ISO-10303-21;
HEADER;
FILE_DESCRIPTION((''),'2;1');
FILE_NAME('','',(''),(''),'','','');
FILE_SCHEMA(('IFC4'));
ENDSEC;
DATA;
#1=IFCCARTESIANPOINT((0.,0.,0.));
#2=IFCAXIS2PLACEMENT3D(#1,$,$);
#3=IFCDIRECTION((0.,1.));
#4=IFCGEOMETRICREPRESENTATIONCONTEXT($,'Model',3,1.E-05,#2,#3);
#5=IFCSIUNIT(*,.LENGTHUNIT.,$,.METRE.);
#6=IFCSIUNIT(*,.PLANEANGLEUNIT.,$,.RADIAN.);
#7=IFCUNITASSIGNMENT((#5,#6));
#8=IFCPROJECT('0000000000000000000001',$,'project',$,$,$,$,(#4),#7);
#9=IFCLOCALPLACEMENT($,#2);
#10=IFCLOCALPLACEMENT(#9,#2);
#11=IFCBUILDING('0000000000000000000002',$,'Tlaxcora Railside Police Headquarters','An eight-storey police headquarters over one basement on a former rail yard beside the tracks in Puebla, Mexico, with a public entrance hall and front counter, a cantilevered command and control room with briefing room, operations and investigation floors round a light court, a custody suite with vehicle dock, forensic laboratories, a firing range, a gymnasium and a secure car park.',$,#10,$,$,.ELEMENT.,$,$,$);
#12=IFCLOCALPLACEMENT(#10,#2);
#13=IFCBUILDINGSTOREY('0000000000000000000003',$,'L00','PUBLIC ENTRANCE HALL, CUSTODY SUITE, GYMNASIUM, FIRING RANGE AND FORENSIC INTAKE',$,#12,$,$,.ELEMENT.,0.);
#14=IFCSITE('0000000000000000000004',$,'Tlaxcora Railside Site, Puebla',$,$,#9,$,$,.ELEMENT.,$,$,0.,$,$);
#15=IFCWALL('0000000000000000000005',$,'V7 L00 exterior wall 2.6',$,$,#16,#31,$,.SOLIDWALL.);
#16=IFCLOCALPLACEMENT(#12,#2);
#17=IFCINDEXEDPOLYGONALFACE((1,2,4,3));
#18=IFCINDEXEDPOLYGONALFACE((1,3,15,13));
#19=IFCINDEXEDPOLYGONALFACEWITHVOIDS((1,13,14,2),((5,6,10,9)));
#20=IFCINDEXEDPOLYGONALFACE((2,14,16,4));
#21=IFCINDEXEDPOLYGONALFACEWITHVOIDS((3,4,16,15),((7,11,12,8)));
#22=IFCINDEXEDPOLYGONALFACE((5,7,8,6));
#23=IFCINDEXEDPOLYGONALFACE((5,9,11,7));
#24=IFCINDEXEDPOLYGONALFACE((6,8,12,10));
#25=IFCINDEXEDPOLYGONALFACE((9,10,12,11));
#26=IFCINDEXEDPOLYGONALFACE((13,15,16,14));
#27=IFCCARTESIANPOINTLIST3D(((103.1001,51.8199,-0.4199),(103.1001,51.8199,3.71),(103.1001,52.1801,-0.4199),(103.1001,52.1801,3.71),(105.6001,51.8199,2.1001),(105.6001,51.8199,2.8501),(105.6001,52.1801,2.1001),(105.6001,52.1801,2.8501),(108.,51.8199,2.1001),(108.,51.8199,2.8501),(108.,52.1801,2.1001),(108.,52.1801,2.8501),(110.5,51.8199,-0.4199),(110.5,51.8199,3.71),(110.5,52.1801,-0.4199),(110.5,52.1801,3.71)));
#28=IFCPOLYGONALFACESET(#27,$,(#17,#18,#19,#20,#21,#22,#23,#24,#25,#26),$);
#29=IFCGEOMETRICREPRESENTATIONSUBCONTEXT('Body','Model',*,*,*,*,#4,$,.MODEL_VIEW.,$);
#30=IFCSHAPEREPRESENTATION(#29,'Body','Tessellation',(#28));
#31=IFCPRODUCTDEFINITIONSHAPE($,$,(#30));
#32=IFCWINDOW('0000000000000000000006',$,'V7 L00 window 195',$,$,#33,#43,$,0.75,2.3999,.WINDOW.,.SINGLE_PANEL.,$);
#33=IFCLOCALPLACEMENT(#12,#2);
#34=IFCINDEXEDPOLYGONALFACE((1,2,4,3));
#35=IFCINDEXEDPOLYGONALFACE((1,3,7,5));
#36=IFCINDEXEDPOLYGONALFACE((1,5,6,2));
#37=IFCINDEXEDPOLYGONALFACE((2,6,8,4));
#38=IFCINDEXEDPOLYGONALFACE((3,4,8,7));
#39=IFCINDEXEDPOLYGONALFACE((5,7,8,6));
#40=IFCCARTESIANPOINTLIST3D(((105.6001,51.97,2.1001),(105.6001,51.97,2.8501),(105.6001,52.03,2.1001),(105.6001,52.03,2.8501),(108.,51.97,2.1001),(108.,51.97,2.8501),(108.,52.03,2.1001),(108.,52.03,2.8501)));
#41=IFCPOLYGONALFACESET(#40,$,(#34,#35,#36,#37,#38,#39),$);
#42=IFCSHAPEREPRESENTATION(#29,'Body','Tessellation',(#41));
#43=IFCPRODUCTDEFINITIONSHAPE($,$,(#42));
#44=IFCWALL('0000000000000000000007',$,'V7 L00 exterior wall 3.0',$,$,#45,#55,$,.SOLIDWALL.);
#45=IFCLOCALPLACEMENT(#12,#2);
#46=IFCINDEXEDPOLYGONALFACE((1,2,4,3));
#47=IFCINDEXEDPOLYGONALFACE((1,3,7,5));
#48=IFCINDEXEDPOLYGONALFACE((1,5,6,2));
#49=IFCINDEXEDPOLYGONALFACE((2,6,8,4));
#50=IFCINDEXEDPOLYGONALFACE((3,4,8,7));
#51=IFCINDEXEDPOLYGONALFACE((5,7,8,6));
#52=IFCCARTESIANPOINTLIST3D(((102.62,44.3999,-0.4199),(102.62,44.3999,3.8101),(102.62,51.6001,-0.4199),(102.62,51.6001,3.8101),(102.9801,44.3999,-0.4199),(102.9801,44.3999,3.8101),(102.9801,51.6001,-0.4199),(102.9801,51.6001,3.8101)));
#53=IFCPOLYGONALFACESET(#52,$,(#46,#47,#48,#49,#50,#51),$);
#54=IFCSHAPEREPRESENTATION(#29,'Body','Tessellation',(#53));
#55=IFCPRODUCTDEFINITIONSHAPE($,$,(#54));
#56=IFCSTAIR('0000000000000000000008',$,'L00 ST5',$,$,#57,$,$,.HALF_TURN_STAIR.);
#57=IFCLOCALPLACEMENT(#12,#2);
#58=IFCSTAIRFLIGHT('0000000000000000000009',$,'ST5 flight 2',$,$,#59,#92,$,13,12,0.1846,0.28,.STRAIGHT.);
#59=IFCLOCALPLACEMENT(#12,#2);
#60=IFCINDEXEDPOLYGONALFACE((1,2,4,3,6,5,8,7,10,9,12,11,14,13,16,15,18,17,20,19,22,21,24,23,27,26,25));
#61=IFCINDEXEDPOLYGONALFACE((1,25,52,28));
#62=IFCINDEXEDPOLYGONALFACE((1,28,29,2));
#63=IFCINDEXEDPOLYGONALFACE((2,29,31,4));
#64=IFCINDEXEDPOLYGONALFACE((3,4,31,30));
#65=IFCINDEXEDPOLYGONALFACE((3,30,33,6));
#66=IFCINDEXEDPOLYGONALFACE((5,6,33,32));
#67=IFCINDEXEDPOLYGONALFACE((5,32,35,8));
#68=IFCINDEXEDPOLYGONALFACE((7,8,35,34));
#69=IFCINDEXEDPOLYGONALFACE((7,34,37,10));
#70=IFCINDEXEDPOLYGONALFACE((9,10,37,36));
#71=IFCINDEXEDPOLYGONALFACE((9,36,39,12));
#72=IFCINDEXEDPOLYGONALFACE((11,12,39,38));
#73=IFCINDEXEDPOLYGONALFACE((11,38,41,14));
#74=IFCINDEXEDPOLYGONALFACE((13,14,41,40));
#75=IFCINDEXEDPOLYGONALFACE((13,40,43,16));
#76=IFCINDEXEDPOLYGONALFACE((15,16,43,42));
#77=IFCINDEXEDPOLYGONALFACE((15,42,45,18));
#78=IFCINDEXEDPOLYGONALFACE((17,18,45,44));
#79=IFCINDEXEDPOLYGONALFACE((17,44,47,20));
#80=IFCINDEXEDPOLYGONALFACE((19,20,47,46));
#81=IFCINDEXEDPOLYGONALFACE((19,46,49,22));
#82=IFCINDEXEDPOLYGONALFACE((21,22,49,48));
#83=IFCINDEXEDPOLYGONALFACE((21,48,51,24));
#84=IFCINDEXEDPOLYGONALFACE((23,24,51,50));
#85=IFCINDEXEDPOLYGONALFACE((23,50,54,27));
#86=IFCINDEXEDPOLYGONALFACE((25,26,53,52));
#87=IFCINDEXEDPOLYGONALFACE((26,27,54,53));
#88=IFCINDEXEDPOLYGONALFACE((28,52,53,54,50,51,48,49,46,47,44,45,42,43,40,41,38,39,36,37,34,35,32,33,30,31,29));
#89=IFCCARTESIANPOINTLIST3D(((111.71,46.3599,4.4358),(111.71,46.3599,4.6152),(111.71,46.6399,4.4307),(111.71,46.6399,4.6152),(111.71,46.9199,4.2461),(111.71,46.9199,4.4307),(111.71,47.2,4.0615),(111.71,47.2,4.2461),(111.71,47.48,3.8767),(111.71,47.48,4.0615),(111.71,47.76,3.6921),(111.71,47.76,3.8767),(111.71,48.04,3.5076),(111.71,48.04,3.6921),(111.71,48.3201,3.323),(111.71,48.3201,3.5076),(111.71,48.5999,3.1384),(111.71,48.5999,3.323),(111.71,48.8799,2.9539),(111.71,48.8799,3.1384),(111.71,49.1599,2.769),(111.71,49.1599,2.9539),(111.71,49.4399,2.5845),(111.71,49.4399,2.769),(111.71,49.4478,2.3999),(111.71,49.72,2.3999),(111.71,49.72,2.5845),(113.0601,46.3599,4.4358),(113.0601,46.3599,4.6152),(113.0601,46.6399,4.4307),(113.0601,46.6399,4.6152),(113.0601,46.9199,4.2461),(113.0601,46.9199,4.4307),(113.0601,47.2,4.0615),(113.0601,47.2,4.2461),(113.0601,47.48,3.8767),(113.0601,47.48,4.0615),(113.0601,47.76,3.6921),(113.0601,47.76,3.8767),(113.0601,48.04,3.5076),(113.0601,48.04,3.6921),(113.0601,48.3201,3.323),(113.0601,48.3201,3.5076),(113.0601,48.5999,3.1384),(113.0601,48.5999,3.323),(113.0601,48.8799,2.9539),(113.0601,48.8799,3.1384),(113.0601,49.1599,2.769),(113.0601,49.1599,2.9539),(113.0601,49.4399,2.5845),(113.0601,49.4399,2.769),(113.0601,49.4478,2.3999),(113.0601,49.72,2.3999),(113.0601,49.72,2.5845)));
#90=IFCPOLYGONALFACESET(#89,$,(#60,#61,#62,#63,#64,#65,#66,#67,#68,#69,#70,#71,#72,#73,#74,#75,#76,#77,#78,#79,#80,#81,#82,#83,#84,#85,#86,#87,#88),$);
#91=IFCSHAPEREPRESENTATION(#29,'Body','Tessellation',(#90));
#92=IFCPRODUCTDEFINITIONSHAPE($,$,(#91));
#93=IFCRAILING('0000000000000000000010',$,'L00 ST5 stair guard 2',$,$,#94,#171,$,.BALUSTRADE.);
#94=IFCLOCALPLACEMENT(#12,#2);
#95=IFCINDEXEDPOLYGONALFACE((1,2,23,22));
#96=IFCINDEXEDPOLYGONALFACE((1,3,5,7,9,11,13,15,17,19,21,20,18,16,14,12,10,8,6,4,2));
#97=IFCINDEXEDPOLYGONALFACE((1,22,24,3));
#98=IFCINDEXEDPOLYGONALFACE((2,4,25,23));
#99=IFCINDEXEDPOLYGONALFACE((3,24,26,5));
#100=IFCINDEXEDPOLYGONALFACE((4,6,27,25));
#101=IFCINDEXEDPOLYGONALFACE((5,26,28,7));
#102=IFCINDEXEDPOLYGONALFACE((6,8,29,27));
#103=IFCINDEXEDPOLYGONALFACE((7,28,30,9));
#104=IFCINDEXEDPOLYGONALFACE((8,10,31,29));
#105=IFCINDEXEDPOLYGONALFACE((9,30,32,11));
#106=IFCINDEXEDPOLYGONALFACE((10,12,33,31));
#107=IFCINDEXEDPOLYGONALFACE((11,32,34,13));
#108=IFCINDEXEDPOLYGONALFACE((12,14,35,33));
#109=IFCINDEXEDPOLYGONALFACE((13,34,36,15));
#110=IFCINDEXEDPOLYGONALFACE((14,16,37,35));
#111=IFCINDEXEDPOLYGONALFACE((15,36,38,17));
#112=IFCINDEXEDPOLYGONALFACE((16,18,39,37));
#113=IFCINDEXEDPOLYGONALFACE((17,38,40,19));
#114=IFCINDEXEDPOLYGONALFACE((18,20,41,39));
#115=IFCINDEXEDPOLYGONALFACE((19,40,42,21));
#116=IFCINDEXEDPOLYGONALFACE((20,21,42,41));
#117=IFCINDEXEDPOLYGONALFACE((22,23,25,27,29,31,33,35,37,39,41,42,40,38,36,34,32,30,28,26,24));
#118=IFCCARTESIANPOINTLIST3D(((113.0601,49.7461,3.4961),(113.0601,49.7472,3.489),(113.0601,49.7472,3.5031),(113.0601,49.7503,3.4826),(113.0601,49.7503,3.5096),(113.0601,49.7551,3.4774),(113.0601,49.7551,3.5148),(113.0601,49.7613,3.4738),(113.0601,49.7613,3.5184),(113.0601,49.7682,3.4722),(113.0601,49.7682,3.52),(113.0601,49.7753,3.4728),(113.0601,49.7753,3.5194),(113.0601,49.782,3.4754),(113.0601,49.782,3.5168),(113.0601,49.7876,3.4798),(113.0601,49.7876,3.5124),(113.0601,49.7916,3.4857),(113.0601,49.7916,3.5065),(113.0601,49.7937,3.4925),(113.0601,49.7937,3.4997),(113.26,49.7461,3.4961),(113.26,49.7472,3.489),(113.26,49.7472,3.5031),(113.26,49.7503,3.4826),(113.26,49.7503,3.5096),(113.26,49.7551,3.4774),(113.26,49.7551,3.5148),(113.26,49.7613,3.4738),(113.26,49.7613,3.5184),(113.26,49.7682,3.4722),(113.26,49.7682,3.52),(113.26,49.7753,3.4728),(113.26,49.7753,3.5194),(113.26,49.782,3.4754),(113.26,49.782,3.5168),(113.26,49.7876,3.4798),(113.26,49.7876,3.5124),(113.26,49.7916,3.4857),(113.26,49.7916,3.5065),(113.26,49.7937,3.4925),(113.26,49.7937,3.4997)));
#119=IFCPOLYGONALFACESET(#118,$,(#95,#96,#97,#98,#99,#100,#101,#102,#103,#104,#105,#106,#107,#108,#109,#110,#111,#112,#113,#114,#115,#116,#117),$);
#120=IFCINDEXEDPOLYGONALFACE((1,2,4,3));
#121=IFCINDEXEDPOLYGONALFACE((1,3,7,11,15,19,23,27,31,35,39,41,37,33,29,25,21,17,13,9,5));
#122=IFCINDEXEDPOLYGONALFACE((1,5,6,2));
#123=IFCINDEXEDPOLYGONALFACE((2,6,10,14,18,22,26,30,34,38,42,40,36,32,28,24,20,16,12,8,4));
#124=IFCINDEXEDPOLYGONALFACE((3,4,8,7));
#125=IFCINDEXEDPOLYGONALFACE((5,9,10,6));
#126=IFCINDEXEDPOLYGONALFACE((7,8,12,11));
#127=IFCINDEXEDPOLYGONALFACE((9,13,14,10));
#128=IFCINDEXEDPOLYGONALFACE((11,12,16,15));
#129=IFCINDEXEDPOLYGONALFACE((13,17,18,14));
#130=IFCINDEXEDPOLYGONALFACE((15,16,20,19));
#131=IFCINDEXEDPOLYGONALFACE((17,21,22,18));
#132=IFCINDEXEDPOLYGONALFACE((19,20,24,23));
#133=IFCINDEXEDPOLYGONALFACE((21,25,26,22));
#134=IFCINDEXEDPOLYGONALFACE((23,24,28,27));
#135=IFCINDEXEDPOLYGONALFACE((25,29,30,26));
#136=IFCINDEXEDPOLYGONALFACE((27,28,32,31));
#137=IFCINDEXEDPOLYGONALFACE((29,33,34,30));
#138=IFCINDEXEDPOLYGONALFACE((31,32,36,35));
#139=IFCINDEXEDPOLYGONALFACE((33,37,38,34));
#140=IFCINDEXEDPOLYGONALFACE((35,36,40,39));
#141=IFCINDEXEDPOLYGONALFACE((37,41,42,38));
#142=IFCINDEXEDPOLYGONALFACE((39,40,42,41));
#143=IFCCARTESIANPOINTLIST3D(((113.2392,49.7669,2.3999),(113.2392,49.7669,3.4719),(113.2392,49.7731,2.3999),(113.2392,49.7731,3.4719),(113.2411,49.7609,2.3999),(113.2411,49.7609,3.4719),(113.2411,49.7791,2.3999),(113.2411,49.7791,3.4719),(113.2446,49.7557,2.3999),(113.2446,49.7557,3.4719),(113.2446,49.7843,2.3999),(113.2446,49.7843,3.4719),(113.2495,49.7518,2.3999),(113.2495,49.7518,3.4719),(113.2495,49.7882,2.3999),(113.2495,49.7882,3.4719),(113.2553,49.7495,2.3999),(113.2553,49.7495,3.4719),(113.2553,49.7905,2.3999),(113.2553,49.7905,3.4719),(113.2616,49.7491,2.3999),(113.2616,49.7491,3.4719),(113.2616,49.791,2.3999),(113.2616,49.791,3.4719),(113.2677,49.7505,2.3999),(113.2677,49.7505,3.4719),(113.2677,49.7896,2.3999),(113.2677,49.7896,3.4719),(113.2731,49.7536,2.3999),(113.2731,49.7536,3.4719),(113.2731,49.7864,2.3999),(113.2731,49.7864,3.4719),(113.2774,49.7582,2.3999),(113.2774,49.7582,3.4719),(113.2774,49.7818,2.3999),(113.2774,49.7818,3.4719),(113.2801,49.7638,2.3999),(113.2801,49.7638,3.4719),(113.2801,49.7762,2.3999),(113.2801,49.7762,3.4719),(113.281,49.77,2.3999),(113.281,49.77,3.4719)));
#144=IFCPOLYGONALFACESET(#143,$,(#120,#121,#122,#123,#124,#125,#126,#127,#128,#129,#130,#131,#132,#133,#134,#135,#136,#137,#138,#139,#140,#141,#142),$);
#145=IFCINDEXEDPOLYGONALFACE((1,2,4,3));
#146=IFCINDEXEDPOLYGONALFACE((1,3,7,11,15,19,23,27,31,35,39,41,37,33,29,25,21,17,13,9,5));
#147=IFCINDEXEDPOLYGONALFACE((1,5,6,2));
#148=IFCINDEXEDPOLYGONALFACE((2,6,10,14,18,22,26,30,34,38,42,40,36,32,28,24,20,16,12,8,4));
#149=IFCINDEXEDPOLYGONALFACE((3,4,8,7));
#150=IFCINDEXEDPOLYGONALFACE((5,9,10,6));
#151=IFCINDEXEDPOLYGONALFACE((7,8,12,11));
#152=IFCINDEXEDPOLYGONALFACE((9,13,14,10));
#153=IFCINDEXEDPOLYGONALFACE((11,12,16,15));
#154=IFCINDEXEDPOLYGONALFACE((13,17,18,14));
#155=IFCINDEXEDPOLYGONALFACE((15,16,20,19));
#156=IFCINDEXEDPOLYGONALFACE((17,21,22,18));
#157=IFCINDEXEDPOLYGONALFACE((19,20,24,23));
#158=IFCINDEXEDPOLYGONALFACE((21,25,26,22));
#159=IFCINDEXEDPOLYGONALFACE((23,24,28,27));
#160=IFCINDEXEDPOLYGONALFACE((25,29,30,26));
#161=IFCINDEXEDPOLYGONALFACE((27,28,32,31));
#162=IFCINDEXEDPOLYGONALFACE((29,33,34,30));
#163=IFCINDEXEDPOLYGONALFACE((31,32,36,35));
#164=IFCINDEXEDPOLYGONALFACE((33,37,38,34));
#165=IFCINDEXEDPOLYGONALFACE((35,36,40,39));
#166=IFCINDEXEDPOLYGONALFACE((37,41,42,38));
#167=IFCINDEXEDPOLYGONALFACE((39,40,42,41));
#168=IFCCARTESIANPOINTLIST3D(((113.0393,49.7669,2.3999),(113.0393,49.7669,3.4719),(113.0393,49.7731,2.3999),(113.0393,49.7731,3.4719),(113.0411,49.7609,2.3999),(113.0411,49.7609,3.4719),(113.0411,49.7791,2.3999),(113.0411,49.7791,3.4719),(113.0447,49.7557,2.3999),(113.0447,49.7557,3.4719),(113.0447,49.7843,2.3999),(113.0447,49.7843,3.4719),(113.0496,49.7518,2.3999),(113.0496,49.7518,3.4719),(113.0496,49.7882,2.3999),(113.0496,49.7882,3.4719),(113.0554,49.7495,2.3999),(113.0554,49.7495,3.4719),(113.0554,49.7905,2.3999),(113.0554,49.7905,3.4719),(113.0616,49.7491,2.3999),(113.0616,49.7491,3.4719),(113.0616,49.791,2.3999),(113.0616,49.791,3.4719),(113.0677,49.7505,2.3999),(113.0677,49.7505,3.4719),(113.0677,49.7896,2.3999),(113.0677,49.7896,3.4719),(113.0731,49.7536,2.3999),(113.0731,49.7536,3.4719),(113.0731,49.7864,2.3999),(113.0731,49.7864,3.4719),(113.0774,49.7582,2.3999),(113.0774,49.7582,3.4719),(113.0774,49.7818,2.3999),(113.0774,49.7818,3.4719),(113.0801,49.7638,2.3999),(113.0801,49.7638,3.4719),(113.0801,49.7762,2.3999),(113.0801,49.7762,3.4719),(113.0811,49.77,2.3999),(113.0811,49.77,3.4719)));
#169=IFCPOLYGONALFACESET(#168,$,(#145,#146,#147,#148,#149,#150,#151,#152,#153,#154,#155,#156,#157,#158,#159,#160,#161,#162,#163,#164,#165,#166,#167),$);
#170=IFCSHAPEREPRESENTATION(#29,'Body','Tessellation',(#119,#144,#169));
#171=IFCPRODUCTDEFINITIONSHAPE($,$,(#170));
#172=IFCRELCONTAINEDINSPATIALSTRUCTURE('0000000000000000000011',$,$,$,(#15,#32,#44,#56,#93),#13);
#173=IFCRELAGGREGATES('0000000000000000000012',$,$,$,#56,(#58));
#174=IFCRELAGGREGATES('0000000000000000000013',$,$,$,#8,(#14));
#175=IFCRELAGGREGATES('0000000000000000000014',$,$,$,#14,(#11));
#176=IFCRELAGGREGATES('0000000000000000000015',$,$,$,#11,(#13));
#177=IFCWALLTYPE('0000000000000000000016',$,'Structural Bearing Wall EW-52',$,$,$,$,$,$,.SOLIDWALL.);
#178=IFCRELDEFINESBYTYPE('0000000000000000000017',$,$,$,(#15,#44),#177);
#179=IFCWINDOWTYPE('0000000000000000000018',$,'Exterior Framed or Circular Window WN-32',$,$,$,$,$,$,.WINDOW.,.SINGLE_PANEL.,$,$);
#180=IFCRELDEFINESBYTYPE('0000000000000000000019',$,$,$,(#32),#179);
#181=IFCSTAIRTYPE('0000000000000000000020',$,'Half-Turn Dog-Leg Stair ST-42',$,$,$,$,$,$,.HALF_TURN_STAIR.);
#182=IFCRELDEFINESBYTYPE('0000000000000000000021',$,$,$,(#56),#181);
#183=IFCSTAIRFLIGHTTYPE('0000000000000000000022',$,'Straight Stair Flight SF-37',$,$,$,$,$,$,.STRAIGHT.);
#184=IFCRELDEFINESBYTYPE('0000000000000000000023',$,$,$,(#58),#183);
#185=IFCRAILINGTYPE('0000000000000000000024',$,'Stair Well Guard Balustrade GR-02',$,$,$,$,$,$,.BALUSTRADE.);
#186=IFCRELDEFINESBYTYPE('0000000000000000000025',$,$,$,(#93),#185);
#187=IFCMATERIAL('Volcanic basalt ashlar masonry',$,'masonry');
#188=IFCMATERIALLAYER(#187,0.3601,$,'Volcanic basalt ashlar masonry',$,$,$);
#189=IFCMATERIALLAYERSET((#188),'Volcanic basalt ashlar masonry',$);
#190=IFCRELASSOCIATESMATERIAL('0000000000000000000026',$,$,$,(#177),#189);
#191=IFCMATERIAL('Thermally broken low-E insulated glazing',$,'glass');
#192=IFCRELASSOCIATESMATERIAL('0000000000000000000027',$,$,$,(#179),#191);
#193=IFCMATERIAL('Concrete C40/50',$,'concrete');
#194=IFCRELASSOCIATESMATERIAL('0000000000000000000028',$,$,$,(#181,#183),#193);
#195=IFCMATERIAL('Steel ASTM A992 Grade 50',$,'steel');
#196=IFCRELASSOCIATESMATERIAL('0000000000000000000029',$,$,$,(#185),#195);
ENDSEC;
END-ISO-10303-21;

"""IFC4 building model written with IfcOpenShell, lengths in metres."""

from ifc_helpers import new_model, si_unit, direction, frame, frame_2d, origin, origin_2d, place, context, subcontext, project, spatial, polyline, rectangle, circle, outline, extrude, material, layer, layer_set, type_object, element, fill, aggregate, save


model = new_model("IFC4")

# Units and contexts
model_context = context("Model", 3, precision=1e-05, world=origin(), true_north=direction((0.0, 1.0)))
body_context = subcontext(model_context, "Body", "Model", "MODEL_VIEW")
ifc_project = project(units=[si_unit("LENGTHUNIT", "METRE"), si_unit("PLANEANGLEUNIT", "RADIAN")], contexts=[model_context])

# Site, building, storey
site_placement = place(None, origin())
site = spatial("IfcSite", under=ifc_project, at=site_placement, Name="Tlaxcora Railside Site, Puebla", CompositionType="ELEMENT", RefElevation=0.0)
building_placement = place(site_placement, origin())
building = spatial("IfcBuilding", under=site, at=building_placement, Name="Tlaxcora Railside Police Headquarters", Description="An eight-storey police headquarters over one basement on a former rail yard beside the tracks in Puebla, Mexico, with a public entrance hall and front counter, a cantilevered command and control room with briefing room, operations and investigation floors round a light court, a custody suite with vehicle dock, forensic laboratories, a firing range, a gymnasium and a secure car park.", CompositionType="ELEMENT")
storey_placement = place(building_placement, origin())
storey = spatial("IfcBuildingStorey", under=building, at=storey_placement, Name="L00", Description="PUBLIC ENTRANCE HALL, CUSTODY SUITE, GYMNASIUM, FIRING RANGE AND FORENSIC INTAKE", CompositionType="ELEMENT", Elevation=0.0)

# Shared definitions
ifc_material_1 = material(Name="Concrete C40/50", Category="concrete")

# Shared definitions
ifc_material_2 = material(Name="Steel ASTM A992 Grade 50", Category="steel")

# Shared definitions
ifc_material_3 = material(Name="Volcanic basalt ashlar masonry", Category="masonry")
ifc_layer_1 = layer(ifc_material_3, 0.3601, Name="Volcanic basalt ashlar masonry")
ifc_layer_set_1 = layer_set([ifc_layer_1], Name="Volcanic basalt ashlar masonry")
wall_type_1 = type_object("IfcWallType", Name="Structural Bearing Wall EW-52", PredefinedType="SOLIDWALL", material=ifc_layer_set_1)

# Wall, opening, window
wall_1_placement = place(storey_placement, frame((110.5, 52.0, -0.4199), z_axis=(0.0, 0.0, 1.0), x_axis=(-1.0, 0.0, 0.0)))
wall_1 = element("IfcWall", 1, at=wall_1_placement, inside=storey, type_object=wall_type_1, Name="V7 L00 exterior wall 2.6", PredefinedType="SOLIDWALL", context=body_context, shape_type="SweptSolid", body=[
    extrude(rectangle(XDim=7.3999, YDim=0.3601, at=frame_2d((3.7, 0.0))), origin(), (0.0, 0.0, 1.0), 4.1299),
])
opening_1_placement = place(wall_1_placement, frame((2.5, 0.0, 2.52)))
opening_1 = element("IfcOpeningElement", 2, at=opening_1_placement, cuts=wall_1, PredefinedType="OPENING", context=body_context, shape_type="SweptSolid", body=[
    extrude(rectangle(XDim=2.3999, YDim=0.75, at=frame_2d((1.2, 0.375))), frame((0.0, 0.1899, 0.0), z_axis=(0.0, -1.0, 0.0), x_axis=(1.0, 0.0, 0.0)), (0.0, 0.0, 1.0), 0.3801),
])
ifc_material_4 = material(Name="Thermally broken low-E insulated glazing", Category="glass")
window_type = type_object("IfcWindowType", Name="Exterior Framed or Circular Window WN-32", PartitioningType="SINGLE_PANEL", PredefinedType="WINDOW", material=ifc_material_4)
window_placement = place(opening_1_placement, origin())
window = element("IfcWindow", 3, at=window_placement, inside=storey, type_object=window_type, Name="V7 L00 window 195", OverallHeight=0.75, OverallWidth=2.3999, PartitioningType="SINGLE_PANEL", PredefinedType="WINDOW", context=body_context, shape_type="SweptSolid", body=[
    extrude(rectangle(XDim=2.3999, YDim=0.75, at=frame_2d((1.2, 0.375))), frame((0.0, 0.03, 0.0), z_axis=(0.0, -1.0, 0.0), x_axis=(1.0, 0.0, 0.0)), (0.0, 0.0, 1.0), 0.0601),
])
fill(opening_1, window)

# Wall
wall_2_placement = place(storey_placement, frame((102.8, 51.6001, -0.4199), z_axis=(0.0, 0.0, 1.0), x_axis=(0.0, -1.0, 0.0)))
element("IfcWall", 4, at=wall_2_placement, inside=storey, type_object=wall_type_1, Name="V7 L00 exterior wall 3.0", PredefinedType="SOLIDWALL", context=body_context, shape_type="SweptSolid", body=[
    extrude(rectangle(XDim=7.2002, YDim=0.3601, at=frame_2d((3.6001, 0.0))), origin(), (0.0, 0.0, 1.0), 4.23),
])

# Stair, stair flight
stair_type = type_object("IfcStairType", Name="Half-Turn Dog-Leg Stair ST-42", PredefinedType="HALF_TURN_STAIR", material=ifc_material_1)
stair_placement = place(storey_placement, origin())
stair = element("IfcStair", 5, at=stair_placement, inside=storey, type_object=stair_type, Name="L00 ST5", PredefinedType="HALF_TURN_STAIR")
stair_flight_type = type_object("IfcStairFlightType", Name="Straight Stair Flight SF-37", PredefinedType="STRAIGHT", material=ifc_material_1)
stair_flight_placement = place(storey_placement, frame((112.385, 49.72, 2.3999), z_axis=(0.0, 0.0, 1.0), x_axis=(0.0, -1.0, 0.0)))
stair_flight = element("IfcStairFlight", 6, at=stair_flight_placement, type_object=stair_flight_type, Name="ST5 flight 2", NumberOfRisers=13, NumberOfTreads=12, PredefinedType="STRAIGHT", RiserHeight=0.1846, TreadLength=0.28, context=body_context, shape_type="SweptSolid", body=[
    extrude(outline(polyline([(0.0, 0.0), (0.0, 0.1846), (0.28, 0.1846), (0.28, 0.3691), (0.5601, 0.3691), (0.5601, 0.554), (0.8401, 0.554), (0.8401, 0.7385), (1.1201, 0.7385), (1.1201, 0.9231), (1.3999, 0.9231), (1.3999, 1.1077), (1.6799, 1.1077), (1.6799, 1.2922), (1.96, 1.2922), (1.96, 1.4768), (2.24, 1.4768), (2.24, 1.6616), (2.52, 1.6616), (2.52, 1.8462), (2.8, 1.8462), (2.8, 2.0308), (3.0801, 2.0308), (3.0801, 2.2153), (3.3601, 2.2153), (3.3601, 2.3999), (3.3601, 2.0359), (0.2722, 0.0), (0.0, 0.0)])), frame((0.0, 0.675, 0.0), z_axis=(0.0, -1.0, 0.0), x_axis=(1.0, 0.0, 0.0)), (0.0, 0.0, 1.0), 1.3501),
])
aggregate(stair, [stair_flight])

# Railing
railing_type_1 = type_object("IfcRailingType", Name="Stair Well Guard Balustrade GR-02", PredefinedType="BALUSTRADE", material=ifc_material_2)
railing_1_placement = place(storey_placement, frame((113.26, 49.77, 2.3999)))
element("IfcRailing", 7, at=railing_1_placement, inside=storey, type_object=railing_type_1, Name="L00 ST5 stair guard 2", PredefinedType="BALUSTRADE", context=body_context, shape_type="SweptSolid", body=[
    extrude(circle(Radius=0.0239, at=origin_2d()), frame((0.0, 0.0, 1.0962), z_axis=(-1.0, 0.0, 0.0), x_axis=(0.0, -1.0, 0.0)), (0.0, 0.0, 1.0), 0.2),
    extrude(circle(Radius=0.021, at=origin_2d()), origin(), (0.0, 0.0, 1.0), 1.072),
    extrude(circle(Radius=0.021, at=origin_2d()), frame((-0.2, 0.0, 0.0)), (0.0, 0.0, 1.0), 1.072),
])

save(model, "model.ifc")
